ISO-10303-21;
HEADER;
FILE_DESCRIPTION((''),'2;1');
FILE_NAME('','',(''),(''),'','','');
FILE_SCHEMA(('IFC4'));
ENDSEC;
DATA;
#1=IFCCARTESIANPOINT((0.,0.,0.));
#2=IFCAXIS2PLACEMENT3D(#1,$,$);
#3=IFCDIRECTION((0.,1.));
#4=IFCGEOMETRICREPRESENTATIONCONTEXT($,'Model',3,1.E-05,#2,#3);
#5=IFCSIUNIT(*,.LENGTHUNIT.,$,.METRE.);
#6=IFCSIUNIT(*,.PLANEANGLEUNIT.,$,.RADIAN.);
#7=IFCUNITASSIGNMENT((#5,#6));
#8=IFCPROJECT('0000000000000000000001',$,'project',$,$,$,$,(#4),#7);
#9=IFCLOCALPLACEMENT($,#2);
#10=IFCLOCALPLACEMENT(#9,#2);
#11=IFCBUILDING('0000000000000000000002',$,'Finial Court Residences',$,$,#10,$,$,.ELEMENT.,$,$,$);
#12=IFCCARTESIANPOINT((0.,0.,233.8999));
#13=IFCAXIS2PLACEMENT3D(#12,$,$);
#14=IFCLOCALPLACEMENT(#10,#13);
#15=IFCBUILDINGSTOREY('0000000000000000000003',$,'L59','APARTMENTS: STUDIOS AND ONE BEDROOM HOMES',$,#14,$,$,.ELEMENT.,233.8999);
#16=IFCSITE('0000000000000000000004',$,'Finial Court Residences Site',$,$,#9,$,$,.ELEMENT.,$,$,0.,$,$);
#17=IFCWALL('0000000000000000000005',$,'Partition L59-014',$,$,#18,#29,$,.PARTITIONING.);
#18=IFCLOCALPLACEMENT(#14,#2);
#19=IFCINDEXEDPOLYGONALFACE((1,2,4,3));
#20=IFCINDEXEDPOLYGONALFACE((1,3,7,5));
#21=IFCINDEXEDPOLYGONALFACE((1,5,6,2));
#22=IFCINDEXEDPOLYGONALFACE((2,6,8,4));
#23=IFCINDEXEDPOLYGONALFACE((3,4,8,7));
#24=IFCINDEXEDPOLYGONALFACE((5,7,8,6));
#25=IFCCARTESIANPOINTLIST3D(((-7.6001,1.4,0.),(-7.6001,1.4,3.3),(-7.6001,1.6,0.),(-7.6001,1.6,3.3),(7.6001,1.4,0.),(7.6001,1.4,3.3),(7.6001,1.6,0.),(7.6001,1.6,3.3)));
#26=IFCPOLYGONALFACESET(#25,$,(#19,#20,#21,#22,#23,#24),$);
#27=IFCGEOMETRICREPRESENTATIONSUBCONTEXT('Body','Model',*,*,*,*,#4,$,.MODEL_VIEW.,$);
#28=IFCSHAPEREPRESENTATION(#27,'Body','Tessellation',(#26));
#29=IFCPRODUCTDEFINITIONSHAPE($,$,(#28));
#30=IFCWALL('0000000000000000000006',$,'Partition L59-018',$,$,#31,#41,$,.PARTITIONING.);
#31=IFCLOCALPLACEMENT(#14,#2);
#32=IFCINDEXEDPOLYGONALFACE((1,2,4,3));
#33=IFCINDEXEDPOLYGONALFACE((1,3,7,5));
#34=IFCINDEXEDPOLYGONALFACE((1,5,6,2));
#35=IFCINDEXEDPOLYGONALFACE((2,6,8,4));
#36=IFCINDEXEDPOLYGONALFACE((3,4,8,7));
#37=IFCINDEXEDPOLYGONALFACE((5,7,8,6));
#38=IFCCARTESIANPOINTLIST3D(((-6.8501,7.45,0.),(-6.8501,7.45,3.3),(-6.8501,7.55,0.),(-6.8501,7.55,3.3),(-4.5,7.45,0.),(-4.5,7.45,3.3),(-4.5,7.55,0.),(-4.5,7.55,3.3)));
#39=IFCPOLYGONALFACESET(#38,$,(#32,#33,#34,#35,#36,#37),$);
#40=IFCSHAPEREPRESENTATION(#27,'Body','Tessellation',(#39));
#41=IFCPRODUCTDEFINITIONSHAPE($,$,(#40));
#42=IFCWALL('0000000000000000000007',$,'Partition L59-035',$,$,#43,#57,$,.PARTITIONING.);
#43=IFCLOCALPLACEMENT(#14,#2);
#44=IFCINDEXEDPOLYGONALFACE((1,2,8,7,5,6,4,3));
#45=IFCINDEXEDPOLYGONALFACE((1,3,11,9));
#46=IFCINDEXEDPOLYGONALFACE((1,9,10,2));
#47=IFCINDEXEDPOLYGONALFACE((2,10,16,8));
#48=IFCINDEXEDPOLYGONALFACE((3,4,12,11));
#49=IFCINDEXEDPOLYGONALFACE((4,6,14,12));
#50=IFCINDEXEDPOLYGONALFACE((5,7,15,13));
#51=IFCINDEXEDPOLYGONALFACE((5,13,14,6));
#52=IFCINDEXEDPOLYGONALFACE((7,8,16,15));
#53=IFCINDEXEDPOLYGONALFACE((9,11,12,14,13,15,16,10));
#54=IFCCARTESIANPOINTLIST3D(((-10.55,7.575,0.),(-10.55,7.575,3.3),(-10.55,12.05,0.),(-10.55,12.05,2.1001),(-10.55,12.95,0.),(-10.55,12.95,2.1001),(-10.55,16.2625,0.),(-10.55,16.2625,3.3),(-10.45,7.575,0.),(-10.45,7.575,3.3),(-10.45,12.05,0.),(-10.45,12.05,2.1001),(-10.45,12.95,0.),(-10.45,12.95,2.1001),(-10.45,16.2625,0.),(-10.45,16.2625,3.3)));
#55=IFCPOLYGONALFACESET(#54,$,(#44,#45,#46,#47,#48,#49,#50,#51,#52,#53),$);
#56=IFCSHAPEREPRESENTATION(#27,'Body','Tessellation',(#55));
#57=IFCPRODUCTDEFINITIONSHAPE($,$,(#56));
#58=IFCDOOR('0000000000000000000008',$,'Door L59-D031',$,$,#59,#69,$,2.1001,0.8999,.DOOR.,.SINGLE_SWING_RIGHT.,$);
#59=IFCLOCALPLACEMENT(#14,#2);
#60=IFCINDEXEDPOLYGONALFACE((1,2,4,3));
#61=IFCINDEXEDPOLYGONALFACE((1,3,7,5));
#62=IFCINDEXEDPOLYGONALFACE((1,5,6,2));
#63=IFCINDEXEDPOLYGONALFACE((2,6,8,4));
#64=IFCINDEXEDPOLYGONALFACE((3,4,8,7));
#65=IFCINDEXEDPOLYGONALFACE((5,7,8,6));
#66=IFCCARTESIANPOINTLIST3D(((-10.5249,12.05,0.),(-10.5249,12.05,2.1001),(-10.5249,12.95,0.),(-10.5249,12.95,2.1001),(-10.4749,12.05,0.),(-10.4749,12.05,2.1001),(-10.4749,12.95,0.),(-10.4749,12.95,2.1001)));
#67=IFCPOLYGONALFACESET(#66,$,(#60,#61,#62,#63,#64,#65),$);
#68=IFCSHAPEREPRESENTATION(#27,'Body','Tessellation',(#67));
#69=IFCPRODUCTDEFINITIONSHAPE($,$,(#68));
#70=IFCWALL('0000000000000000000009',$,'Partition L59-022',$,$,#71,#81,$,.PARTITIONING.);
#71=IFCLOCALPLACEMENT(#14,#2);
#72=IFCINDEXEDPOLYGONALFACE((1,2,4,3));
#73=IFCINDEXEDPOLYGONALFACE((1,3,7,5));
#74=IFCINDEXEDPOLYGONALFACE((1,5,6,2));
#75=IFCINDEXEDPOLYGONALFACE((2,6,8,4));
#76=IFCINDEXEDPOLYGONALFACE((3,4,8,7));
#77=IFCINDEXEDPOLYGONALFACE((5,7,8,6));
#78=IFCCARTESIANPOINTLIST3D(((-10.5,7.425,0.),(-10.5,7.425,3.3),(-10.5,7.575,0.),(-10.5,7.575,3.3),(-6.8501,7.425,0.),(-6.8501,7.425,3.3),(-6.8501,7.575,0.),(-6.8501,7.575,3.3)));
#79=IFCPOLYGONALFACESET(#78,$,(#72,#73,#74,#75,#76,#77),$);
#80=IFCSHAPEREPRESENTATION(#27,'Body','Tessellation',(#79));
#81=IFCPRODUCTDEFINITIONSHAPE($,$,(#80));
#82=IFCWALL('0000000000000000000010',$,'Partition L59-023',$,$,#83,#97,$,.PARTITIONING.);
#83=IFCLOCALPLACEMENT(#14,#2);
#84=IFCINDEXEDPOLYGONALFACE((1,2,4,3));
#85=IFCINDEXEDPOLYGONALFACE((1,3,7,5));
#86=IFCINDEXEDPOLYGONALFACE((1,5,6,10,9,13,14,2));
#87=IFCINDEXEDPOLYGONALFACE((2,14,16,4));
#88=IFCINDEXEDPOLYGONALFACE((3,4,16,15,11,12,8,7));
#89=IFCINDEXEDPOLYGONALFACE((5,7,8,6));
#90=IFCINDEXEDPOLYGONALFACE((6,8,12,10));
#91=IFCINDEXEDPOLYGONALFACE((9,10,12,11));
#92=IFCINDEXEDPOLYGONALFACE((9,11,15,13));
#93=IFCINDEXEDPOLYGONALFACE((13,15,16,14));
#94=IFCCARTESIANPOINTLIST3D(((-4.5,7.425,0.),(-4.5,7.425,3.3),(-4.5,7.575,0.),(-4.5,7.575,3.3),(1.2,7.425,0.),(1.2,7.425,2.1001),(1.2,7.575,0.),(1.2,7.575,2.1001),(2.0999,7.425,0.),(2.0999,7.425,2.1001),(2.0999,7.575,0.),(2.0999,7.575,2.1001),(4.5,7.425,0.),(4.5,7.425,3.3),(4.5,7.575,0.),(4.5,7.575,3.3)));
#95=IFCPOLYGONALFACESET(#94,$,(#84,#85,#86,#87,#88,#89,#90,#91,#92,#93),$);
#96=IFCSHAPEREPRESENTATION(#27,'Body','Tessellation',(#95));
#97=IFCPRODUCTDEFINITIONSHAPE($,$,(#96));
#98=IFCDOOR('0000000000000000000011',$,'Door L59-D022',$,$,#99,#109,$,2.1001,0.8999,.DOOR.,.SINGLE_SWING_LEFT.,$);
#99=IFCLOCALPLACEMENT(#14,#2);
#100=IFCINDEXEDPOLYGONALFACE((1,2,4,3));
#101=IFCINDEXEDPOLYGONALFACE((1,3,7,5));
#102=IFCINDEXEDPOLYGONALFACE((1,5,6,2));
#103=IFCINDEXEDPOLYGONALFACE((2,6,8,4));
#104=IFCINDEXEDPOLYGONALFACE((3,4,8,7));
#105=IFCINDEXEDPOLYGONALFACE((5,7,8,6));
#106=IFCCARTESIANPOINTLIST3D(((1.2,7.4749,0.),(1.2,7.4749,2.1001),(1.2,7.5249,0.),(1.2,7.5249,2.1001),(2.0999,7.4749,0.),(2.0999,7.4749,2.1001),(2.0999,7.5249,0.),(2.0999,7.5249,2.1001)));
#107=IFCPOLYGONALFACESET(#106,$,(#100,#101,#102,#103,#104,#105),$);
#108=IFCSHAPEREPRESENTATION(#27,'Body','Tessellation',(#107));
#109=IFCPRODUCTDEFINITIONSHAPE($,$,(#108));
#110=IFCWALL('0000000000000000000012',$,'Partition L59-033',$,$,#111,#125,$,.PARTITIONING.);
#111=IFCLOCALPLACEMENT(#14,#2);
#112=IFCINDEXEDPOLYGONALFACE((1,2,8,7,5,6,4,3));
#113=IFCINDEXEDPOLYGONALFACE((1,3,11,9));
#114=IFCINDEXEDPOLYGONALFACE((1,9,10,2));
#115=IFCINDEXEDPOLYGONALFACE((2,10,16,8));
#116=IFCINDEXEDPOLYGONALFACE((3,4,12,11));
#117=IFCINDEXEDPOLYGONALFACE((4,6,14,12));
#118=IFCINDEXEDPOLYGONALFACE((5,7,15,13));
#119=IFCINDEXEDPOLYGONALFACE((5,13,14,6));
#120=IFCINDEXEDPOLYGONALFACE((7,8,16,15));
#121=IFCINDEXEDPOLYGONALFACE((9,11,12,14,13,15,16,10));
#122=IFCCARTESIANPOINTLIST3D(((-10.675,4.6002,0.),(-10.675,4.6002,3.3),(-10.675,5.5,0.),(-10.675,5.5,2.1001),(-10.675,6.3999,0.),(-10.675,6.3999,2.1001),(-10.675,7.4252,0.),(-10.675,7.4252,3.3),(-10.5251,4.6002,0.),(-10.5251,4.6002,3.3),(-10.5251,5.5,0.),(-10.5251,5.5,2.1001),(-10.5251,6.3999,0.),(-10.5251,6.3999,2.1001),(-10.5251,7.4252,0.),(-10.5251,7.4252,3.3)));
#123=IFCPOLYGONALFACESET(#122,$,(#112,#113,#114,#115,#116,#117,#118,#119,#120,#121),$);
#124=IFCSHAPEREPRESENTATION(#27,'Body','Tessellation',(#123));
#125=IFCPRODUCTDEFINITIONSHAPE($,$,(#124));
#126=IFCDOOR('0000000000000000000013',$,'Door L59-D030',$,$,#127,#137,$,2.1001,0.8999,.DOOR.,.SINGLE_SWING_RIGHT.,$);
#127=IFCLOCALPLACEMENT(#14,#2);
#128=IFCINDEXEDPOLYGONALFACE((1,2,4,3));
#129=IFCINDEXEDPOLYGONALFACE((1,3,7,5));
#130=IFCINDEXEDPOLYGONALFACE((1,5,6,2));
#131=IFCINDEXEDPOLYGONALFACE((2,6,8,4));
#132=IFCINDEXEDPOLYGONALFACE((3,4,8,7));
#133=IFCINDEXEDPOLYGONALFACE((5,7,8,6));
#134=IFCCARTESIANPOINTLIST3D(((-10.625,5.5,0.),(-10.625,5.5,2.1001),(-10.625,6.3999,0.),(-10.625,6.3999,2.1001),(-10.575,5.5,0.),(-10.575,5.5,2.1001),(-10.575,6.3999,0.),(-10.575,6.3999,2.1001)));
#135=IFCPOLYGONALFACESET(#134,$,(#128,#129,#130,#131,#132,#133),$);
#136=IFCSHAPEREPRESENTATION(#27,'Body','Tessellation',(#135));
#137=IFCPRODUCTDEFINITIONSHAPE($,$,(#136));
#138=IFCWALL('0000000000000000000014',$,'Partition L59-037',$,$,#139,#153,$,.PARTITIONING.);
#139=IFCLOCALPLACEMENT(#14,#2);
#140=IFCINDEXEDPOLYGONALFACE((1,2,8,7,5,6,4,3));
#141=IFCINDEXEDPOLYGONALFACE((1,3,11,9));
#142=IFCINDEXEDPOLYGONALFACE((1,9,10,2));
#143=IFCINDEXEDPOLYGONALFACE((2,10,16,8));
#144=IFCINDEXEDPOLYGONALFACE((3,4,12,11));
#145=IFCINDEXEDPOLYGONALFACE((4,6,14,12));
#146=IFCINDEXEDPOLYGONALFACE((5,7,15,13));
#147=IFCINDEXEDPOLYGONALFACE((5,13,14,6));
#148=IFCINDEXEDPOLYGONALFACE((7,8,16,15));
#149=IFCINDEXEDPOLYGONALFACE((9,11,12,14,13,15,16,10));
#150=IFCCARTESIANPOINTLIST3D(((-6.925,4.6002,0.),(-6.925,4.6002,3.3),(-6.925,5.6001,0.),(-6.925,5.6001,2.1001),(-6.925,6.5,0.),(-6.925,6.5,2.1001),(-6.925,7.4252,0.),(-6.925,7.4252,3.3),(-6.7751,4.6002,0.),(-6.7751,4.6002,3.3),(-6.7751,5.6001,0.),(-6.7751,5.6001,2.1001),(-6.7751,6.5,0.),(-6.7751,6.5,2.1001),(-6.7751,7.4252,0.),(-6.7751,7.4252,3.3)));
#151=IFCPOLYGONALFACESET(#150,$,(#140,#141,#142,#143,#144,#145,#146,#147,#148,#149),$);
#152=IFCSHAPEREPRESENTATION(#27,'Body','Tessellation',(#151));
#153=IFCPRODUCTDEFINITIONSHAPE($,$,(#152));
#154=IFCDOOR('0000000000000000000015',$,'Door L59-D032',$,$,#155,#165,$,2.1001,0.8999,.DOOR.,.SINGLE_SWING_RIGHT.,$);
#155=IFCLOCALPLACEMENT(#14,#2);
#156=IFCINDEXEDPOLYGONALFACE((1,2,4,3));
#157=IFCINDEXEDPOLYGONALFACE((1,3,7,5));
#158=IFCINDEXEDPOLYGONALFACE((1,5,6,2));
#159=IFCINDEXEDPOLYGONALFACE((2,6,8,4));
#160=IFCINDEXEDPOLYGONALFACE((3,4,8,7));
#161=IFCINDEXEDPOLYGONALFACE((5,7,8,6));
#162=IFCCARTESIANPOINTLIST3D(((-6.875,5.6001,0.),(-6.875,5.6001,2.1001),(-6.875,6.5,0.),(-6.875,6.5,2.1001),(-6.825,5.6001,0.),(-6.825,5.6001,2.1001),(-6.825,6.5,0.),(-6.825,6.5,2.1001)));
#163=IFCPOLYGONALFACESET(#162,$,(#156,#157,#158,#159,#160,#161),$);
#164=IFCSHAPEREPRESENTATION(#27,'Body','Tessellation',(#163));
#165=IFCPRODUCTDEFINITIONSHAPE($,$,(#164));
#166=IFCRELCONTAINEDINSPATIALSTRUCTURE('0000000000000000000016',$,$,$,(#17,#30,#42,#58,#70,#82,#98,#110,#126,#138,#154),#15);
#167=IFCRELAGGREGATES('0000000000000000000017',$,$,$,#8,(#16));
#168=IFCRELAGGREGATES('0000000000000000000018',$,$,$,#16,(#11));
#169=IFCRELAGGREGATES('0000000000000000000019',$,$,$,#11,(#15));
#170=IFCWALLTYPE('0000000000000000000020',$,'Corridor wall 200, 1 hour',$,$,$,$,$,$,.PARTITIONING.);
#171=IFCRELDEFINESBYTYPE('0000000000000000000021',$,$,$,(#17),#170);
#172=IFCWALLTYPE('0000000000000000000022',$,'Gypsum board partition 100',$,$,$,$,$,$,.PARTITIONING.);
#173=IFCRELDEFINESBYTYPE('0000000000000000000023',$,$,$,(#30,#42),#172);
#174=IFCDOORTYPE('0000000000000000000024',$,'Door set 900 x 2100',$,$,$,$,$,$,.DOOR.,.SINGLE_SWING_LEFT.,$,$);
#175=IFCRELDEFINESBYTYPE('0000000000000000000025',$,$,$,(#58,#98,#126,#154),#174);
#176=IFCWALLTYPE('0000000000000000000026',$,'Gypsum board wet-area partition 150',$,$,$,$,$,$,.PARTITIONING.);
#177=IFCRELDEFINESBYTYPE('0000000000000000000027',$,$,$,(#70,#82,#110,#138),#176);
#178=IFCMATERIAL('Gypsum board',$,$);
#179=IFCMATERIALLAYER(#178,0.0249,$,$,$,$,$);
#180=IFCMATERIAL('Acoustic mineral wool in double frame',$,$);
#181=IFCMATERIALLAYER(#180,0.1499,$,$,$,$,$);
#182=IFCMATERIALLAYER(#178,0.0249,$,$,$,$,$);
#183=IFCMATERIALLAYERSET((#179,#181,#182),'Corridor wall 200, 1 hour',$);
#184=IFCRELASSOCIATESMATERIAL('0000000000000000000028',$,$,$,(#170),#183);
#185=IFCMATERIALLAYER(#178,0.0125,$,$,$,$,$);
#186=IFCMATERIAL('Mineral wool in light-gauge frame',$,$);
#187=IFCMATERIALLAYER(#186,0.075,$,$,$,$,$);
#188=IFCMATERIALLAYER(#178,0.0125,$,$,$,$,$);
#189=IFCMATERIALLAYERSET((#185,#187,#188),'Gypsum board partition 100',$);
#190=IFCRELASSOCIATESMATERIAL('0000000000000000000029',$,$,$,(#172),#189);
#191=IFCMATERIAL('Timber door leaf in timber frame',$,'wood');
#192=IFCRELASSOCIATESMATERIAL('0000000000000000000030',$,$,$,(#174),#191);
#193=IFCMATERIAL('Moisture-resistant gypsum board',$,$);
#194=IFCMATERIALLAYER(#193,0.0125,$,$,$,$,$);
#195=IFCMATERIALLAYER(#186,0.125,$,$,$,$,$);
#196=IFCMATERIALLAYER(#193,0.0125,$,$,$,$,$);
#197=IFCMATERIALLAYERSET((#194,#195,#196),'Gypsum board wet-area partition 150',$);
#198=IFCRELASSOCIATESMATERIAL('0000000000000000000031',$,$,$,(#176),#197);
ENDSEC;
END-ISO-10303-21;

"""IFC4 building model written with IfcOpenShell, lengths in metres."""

from ifc_helpers import new_model, si_unit, direction, frame, frame_2d, origin, place, context, subcontext, project, spatial, rectangle, extrude, material, layer, layer_set, type_object, element, fill, save


model = new_model("IFC4")

# Units and contexts
model_context = context("Model", 3, precision=1e-05, world=origin(), true_north=direction((0.0, 1.0)))
body_context = subcontext(model_context, "Body", "Model", "MODEL_VIEW")
ifc_project = project(units=[si_unit("LENGTHUNIT", "METRE"), si_unit("PLANEANGLEUNIT", "RADIAN")], contexts=[model_context])

# Site, building, storey
site_placement = place(None, origin())
site = spatial("IfcSite", under=ifc_project, at=site_placement, Name="Finial Court Residences Site", CompositionType="ELEMENT", RefElevation=0.0)
building_placement = place(site_placement, origin())
building = spatial("IfcBuilding", under=site, at=building_placement, Name="Finial Court Residences", CompositionType="ELEMENT")
storey_placement = place(building_placement, frame((0.0, 0.0, 233.8999)))
storey = spatial("IfcBuildingStorey", under=building, at=storey_placement, Name="L59", Description="APARTMENTS: STUDIOS AND ONE BEDROOM HOMES", CompositionType="ELEMENT", Elevation=233.8999)

# Walls
ifc_material_1 = material(Name="Gypsum board")
ifc_material_2 = material(Name="Acoustic mineral wool in double frame")
ifc_layer_1 = layer(ifc_material_1, 0.0249)
ifc_layer_2 = layer(ifc_material_2, 0.1499)
ifc_layer_3 = layer(ifc_material_1, 0.0249)
ifc_layer_set_1 = layer_set([ifc_layer_1, ifc_layer_2, ifc_layer_3], Name="Corridor wall 200, 1 hour")
wall_type_1 = type_object("IfcWallType", Name="Corridor wall 200, 1 hour", PredefinedType="PARTITIONING", material=ifc_layer_set_1)
wall_1_placement = place(storey_placement, frame((-7.6001, 1.5, 0.0), z_axis=(0.0, 0.0, 1.0), x_axis=(1.0, 0.0, 0.0)))
element("IfcWall", 1, at=wall_1_placement, inside=storey, type_object=wall_type_1, Name="Partition L59-014", PredefinedType="PARTITIONING", context=body_context, shape_type="SweptSolid", body=[
    extrude(rectangle(XDim=15.2002, YDim=0.2, at=frame_2d((7.6001, 0.0))), origin(), (0.0, 0.0, 1.0), 3.3),
])
ifc_layer_4 = layer(ifc_material_1, 0.0125)
ifc_material_3 = material(Name="Mineral wool in light-gauge frame")
ifc_layer_5 = layer(ifc_material_3, 0.075)
ifc_layer_6 = layer(ifc_material_1, 0.0125)
ifc_layer_set_2 = layer_set([ifc_layer_4, ifc_layer_5, ifc_layer_6], Name="Gypsum board partition 100")
wall_type_2 = type_object("IfcWallType", Name="Gypsum board partition 100", PredefinedType="PARTITIONING", material=ifc_layer_set_2)
wall_2_placement = place(storey_placement, frame((-6.8501, 7.5, 0.0), z_axis=(0.0, 0.0, 1.0), x_axis=(1.0, 0.0, 0.0)))
element("IfcWall", 2, at=wall_2_placement, inside=storey, type_object=wall_type_2, Name="Partition L59-018", PredefinedType="PARTITIONING", context=body_context, shape_type="SweptSolid", body=[
    extrude(rectangle(XDim=2.3501, YDim=0.1001, at=frame_2d((1.175, 0.0))), origin(), (0.0, 0.0, 1.0), 3.3),
])

# Wall, opening, door
wall_3_placement = place(storey_placement, frame((-10.5, 7.575, 0.0), z_axis=(0.0, 0.0, 1.0), x_axis=(0.0, 1.0, 0.0)))
wall_3 = element("IfcWall", 3, at=wall_3_placement, inside=storey, type_object=wall_type_2, Name="Partition L59-035", PredefinedType="PARTITIONING", context=body_context, shape_type="SweptSolid", body=[
    extrude(rectangle(XDim=8.6875, YDim=0.1001, at=frame_2d((4.3438, 0.0))), origin(), (0.0, 0.0, 1.0), 3.3),
])
opening_1_placement = place(wall_3_placement, frame((4.4751, 0.0, 0.0)))
opening_1 = element("IfcOpeningElement", 4, at=opening_1_placement, cuts=wall_3, PredefinedType="OPENING", context=body_context, shape_type="SweptSolid", body=[
    extrude(rectangle(XDim=0.8999, YDim=2.1001, at=frame_2d((0.45, 1.05))), frame((0.0, 0.0601, 0.0), z_axis=(0.0, -1.0, 0.0), x_axis=(1.0, 0.0, 0.0)), (0.0, 0.0, 1.0), 0.1201),
])
ifc_material_4 = material(Name="Timber door leaf in timber frame", Category="wood")
door_type = type_object("IfcDoorType", Name="Door set 900 x 2100", OperationType="SINGLE_SWING_LEFT", PredefinedType="DOOR", material=ifc_material_4)
door_1_placement = place(opening_1_placement, origin())
door_1 = element("IfcDoor", 5, at=door_1_placement, inside=storey, type_object=door_type, Name="Door L59-D031", OperationType="SINGLE_SWING_RIGHT", OverallHeight=2.1001, OverallWidth=0.8999, PredefinedType="DOOR", context=body_context, shape_type="SweptSolid", body=[
    extrude(rectangle(XDim=0.8999, YDim=2.1001, at=frame_2d((0.45, 1.05))), frame((0.0, 0.0249, 0.0), z_axis=(0.0, -1.0, 0.0), x_axis=(1.0, 0.0, 0.0)), (0.0, 0.0, 1.0), 0.05),
])
fill(opening_1, door_1)

# Wall
ifc_material_5 = material(Name="Moisture-resistant gypsum board")
ifc_layer_7 = layer(ifc_material_5, 0.0125)
ifc_layer_8 = layer(ifc_material_3, 0.125)
ifc_layer_9 = layer(ifc_material_5, 0.0125)
ifc_layer_set_3 = layer_set([ifc_layer_7, ifc_layer_8, ifc_layer_9], Name="Gypsum board wet-area partition 150")
wall_type_3 = type_object("IfcWallType", Name="Gypsum board wet-area partition 150", PredefinedType="PARTITIONING", material=ifc_layer_set_3)
wall_4_placement = place(storey_placement, frame((-10.5, 7.5, 0.0), z_axis=(0.0, 0.0, 1.0), x_axis=(1.0, 0.0, 0.0)))
element("IfcWall", 6, at=wall_4_placement, inside=storey, type_object=wall_type_3, Name="Partition L59-022", PredefinedType="PARTITIONING", context=body_context, shape_type="SweptSolid", body=[
    extrude(rectangle(XDim=3.6499, YDim=0.1499, at=frame_2d((1.825, 0.0))), origin(), (0.0, 0.0, 1.0), 3.3),
])

# Walls, openings, doors
wall_5_placement = place(storey_placement, frame((-4.5, 7.5, 0.0), z_axis=(0.0, 0.0, 1.0), x_axis=(1.0, 0.0, 0.0)))
wall_5 = element("IfcWall", 7, at=wall_5_placement, inside=storey, type_object=wall_type_3, Name="Partition L59-023", PredefinedType="PARTITIONING", context=body_context, shape_type="SweptSolid", body=[
    extrude(rectangle(XDim=9.0, YDim=0.1499, at=frame_2d((4.5, 0.0))), origin(), (0.0, 0.0, 1.0), 3.3),
])
opening_2_placement = place(wall_5_placement, frame((5.7, 0.0, 0.0)))
opening_2 = element("IfcOpeningElement", 8, at=opening_2_placement, cuts=wall_5, PredefinedType="OPENING", context=body_context, shape_type="SweptSolid", body=[
    extrude(rectangle(XDim=0.8999, YDim=2.1001, at=frame_2d((0.45, 1.05))), frame((0.0, 0.085, 0.0), z_axis=(0.0, -1.0, 0.0), x_axis=(1.0, 0.0, 0.0)), (0.0, 0.0, 1.0), 0.1699),
])
door_2_placement = place(opening_2_placement, origin())
door_2 = element("IfcDoor", 9, at=door_2_placement, inside=storey, type_object=door_type, Name="Door L59-D022", OperationType="SINGLE_SWING_LEFT", OverallHeight=2.1001, OverallWidth=0.8999, PredefinedType="DOOR", context=body_context, shape_type="SweptSolid", body=[
    extrude(rectangle(XDim=0.8999, YDim=2.1001, at=frame_2d((0.45, 1.05))), frame((0.0, 0.0249, 0.0), z_axis=(0.0, -1.0, 0.0), x_axis=(1.0, 0.0, 0.0)), (0.0, 0.0, 1.0), 0.05),
])
fill(opening_2, door_2)
wall_6_placement = place(storey_placement, frame((-10.6001, 4.6001, 0.0), z_axis=(0.0, 0.0, 1.0), x_axis=(0.0, 1.0, 0.0)))
wall_6 = element("IfcWall", 10, at=wall_6_placement, inside=storey, type_object=wall_type_3, Name="Partition L59-033", PredefinedType="PARTITIONING", context=body_context, shape_type="SweptSolid", body=[
    extrude(rectangle(XDim=2.825, YDim=0.1499, at=frame_2d((1.4126, 0.0))), origin(), (0.0, 0.0, 1.0), 3.3),
])
opening_3_placement = place(wall_6_placement, frame((0.8999, 0.0, 0.0)))
opening_3 = element("IfcOpeningElement", 11, at=opening_3_placement, cuts=wall_6, PredefinedType="OPENING", context=body_context, shape_type="SweptSolid", body=[
    extrude(rectangle(XDim=0.8999, YDim=2.1001, at=frame_2d((0.45, 1.05))), frame((0.0, 0.085, 0.0), z_axis=(0.0, -1.0, 0.0), x_axis=(1.0, 0.0, 0.0)), (0.0, 0.0, 1.0), 0.1699),
])
door_3_placement = place(opening_3_placement, origin())
door_3 = element("IfcDoor", 12, at=door_3_placement, inside=storey, type_object=door_type, Name="Door L59-D030", OperationType="SINGLE_SWING_RIGHT", OverallHeight=2.1001, OverallWidth=0.8999, PredefinedType="DOOR", context=body_context, shape_type="SweptSolid", body=[
    extrude(rectangle(XDim=0.8999, YDim=2.1001, at=frame_2d((0.45, 1.05))), frame((0.0, 0.0249, 0.0), z_axis=(0.0, -1.0, 0.0), x_axis=(1.0, 0.0, 0.0)), (0.0, 0.0, 1.0), 0.05),
])
fill(opening_3, door_3)
wall_7_placement = place(storey_placement, frame((-6.8501, 4.6001, 0.0), z_axis=(0.0, 0.0, 1.0), x_axis=(0.0, 1.0, 0.0)))
wall_7 = element("IfcWall", 13, at=wall_7_placement, inside=storey, type_object=wall_type_3, Name="Partition L59-037", PredefinedType="PARTITIONING", context=body_context, shape_type="SweptSolid", body=[
    extrude(rectangle(XDim=2.825, YDim=0.1499, at=frame_2d((1.4126, 0.0))), origin(), (0.0, 0.0, 1.0), 3.3),
])
opening_4_placement = place(wall_7_placement, frame((1.0, 0.0, 0.0)))
opening_4 = element("IfcOpeningElement", 14, at=opening_4_placement, cuts=wall_7, PredefinedType="OPENING", context=body_context, shape_type="SweptSolid", body=[
    extrude(rectangle(XDim=0.8999, YDim=2.1001, at=frame_2d((0.45, 1.05))), frame((0.0, 0.085, 0.0), z_axis=(0.0, -1.0, 0.0), x_axis=(1.0, 0.0, 0.0)), (0.0, 0.0, 1.0), 0.1699),
])
door_4_placement = place(opening_4_placement, origin())
door_4 = element("IfcDoor", 15, at=door_4_placement, inside=storey, type_object=door_type, Name="Door L59-D032", OperationType="SINGLE_SWING_RIGHT", OverallHeight=2.1001, OverallWidth=0.8999, PredefinedType="DOOR", context=body_context, shape_type="SweptSolid", body=[
    extrude(rectangle(XDim=0.8999, YDim=2.1001, at=frame_2d((0.45, 1.05))), frame((0.0, 0.0249, 0.0), z_axis=(0.0, -1.0, 0.0), x_axis=(1.0, 0.0, 0.0)), (0.0, 0.0, 1.0), 0.05),
])
fill(opening_4, door_4)

save(model, "model.ifc")
